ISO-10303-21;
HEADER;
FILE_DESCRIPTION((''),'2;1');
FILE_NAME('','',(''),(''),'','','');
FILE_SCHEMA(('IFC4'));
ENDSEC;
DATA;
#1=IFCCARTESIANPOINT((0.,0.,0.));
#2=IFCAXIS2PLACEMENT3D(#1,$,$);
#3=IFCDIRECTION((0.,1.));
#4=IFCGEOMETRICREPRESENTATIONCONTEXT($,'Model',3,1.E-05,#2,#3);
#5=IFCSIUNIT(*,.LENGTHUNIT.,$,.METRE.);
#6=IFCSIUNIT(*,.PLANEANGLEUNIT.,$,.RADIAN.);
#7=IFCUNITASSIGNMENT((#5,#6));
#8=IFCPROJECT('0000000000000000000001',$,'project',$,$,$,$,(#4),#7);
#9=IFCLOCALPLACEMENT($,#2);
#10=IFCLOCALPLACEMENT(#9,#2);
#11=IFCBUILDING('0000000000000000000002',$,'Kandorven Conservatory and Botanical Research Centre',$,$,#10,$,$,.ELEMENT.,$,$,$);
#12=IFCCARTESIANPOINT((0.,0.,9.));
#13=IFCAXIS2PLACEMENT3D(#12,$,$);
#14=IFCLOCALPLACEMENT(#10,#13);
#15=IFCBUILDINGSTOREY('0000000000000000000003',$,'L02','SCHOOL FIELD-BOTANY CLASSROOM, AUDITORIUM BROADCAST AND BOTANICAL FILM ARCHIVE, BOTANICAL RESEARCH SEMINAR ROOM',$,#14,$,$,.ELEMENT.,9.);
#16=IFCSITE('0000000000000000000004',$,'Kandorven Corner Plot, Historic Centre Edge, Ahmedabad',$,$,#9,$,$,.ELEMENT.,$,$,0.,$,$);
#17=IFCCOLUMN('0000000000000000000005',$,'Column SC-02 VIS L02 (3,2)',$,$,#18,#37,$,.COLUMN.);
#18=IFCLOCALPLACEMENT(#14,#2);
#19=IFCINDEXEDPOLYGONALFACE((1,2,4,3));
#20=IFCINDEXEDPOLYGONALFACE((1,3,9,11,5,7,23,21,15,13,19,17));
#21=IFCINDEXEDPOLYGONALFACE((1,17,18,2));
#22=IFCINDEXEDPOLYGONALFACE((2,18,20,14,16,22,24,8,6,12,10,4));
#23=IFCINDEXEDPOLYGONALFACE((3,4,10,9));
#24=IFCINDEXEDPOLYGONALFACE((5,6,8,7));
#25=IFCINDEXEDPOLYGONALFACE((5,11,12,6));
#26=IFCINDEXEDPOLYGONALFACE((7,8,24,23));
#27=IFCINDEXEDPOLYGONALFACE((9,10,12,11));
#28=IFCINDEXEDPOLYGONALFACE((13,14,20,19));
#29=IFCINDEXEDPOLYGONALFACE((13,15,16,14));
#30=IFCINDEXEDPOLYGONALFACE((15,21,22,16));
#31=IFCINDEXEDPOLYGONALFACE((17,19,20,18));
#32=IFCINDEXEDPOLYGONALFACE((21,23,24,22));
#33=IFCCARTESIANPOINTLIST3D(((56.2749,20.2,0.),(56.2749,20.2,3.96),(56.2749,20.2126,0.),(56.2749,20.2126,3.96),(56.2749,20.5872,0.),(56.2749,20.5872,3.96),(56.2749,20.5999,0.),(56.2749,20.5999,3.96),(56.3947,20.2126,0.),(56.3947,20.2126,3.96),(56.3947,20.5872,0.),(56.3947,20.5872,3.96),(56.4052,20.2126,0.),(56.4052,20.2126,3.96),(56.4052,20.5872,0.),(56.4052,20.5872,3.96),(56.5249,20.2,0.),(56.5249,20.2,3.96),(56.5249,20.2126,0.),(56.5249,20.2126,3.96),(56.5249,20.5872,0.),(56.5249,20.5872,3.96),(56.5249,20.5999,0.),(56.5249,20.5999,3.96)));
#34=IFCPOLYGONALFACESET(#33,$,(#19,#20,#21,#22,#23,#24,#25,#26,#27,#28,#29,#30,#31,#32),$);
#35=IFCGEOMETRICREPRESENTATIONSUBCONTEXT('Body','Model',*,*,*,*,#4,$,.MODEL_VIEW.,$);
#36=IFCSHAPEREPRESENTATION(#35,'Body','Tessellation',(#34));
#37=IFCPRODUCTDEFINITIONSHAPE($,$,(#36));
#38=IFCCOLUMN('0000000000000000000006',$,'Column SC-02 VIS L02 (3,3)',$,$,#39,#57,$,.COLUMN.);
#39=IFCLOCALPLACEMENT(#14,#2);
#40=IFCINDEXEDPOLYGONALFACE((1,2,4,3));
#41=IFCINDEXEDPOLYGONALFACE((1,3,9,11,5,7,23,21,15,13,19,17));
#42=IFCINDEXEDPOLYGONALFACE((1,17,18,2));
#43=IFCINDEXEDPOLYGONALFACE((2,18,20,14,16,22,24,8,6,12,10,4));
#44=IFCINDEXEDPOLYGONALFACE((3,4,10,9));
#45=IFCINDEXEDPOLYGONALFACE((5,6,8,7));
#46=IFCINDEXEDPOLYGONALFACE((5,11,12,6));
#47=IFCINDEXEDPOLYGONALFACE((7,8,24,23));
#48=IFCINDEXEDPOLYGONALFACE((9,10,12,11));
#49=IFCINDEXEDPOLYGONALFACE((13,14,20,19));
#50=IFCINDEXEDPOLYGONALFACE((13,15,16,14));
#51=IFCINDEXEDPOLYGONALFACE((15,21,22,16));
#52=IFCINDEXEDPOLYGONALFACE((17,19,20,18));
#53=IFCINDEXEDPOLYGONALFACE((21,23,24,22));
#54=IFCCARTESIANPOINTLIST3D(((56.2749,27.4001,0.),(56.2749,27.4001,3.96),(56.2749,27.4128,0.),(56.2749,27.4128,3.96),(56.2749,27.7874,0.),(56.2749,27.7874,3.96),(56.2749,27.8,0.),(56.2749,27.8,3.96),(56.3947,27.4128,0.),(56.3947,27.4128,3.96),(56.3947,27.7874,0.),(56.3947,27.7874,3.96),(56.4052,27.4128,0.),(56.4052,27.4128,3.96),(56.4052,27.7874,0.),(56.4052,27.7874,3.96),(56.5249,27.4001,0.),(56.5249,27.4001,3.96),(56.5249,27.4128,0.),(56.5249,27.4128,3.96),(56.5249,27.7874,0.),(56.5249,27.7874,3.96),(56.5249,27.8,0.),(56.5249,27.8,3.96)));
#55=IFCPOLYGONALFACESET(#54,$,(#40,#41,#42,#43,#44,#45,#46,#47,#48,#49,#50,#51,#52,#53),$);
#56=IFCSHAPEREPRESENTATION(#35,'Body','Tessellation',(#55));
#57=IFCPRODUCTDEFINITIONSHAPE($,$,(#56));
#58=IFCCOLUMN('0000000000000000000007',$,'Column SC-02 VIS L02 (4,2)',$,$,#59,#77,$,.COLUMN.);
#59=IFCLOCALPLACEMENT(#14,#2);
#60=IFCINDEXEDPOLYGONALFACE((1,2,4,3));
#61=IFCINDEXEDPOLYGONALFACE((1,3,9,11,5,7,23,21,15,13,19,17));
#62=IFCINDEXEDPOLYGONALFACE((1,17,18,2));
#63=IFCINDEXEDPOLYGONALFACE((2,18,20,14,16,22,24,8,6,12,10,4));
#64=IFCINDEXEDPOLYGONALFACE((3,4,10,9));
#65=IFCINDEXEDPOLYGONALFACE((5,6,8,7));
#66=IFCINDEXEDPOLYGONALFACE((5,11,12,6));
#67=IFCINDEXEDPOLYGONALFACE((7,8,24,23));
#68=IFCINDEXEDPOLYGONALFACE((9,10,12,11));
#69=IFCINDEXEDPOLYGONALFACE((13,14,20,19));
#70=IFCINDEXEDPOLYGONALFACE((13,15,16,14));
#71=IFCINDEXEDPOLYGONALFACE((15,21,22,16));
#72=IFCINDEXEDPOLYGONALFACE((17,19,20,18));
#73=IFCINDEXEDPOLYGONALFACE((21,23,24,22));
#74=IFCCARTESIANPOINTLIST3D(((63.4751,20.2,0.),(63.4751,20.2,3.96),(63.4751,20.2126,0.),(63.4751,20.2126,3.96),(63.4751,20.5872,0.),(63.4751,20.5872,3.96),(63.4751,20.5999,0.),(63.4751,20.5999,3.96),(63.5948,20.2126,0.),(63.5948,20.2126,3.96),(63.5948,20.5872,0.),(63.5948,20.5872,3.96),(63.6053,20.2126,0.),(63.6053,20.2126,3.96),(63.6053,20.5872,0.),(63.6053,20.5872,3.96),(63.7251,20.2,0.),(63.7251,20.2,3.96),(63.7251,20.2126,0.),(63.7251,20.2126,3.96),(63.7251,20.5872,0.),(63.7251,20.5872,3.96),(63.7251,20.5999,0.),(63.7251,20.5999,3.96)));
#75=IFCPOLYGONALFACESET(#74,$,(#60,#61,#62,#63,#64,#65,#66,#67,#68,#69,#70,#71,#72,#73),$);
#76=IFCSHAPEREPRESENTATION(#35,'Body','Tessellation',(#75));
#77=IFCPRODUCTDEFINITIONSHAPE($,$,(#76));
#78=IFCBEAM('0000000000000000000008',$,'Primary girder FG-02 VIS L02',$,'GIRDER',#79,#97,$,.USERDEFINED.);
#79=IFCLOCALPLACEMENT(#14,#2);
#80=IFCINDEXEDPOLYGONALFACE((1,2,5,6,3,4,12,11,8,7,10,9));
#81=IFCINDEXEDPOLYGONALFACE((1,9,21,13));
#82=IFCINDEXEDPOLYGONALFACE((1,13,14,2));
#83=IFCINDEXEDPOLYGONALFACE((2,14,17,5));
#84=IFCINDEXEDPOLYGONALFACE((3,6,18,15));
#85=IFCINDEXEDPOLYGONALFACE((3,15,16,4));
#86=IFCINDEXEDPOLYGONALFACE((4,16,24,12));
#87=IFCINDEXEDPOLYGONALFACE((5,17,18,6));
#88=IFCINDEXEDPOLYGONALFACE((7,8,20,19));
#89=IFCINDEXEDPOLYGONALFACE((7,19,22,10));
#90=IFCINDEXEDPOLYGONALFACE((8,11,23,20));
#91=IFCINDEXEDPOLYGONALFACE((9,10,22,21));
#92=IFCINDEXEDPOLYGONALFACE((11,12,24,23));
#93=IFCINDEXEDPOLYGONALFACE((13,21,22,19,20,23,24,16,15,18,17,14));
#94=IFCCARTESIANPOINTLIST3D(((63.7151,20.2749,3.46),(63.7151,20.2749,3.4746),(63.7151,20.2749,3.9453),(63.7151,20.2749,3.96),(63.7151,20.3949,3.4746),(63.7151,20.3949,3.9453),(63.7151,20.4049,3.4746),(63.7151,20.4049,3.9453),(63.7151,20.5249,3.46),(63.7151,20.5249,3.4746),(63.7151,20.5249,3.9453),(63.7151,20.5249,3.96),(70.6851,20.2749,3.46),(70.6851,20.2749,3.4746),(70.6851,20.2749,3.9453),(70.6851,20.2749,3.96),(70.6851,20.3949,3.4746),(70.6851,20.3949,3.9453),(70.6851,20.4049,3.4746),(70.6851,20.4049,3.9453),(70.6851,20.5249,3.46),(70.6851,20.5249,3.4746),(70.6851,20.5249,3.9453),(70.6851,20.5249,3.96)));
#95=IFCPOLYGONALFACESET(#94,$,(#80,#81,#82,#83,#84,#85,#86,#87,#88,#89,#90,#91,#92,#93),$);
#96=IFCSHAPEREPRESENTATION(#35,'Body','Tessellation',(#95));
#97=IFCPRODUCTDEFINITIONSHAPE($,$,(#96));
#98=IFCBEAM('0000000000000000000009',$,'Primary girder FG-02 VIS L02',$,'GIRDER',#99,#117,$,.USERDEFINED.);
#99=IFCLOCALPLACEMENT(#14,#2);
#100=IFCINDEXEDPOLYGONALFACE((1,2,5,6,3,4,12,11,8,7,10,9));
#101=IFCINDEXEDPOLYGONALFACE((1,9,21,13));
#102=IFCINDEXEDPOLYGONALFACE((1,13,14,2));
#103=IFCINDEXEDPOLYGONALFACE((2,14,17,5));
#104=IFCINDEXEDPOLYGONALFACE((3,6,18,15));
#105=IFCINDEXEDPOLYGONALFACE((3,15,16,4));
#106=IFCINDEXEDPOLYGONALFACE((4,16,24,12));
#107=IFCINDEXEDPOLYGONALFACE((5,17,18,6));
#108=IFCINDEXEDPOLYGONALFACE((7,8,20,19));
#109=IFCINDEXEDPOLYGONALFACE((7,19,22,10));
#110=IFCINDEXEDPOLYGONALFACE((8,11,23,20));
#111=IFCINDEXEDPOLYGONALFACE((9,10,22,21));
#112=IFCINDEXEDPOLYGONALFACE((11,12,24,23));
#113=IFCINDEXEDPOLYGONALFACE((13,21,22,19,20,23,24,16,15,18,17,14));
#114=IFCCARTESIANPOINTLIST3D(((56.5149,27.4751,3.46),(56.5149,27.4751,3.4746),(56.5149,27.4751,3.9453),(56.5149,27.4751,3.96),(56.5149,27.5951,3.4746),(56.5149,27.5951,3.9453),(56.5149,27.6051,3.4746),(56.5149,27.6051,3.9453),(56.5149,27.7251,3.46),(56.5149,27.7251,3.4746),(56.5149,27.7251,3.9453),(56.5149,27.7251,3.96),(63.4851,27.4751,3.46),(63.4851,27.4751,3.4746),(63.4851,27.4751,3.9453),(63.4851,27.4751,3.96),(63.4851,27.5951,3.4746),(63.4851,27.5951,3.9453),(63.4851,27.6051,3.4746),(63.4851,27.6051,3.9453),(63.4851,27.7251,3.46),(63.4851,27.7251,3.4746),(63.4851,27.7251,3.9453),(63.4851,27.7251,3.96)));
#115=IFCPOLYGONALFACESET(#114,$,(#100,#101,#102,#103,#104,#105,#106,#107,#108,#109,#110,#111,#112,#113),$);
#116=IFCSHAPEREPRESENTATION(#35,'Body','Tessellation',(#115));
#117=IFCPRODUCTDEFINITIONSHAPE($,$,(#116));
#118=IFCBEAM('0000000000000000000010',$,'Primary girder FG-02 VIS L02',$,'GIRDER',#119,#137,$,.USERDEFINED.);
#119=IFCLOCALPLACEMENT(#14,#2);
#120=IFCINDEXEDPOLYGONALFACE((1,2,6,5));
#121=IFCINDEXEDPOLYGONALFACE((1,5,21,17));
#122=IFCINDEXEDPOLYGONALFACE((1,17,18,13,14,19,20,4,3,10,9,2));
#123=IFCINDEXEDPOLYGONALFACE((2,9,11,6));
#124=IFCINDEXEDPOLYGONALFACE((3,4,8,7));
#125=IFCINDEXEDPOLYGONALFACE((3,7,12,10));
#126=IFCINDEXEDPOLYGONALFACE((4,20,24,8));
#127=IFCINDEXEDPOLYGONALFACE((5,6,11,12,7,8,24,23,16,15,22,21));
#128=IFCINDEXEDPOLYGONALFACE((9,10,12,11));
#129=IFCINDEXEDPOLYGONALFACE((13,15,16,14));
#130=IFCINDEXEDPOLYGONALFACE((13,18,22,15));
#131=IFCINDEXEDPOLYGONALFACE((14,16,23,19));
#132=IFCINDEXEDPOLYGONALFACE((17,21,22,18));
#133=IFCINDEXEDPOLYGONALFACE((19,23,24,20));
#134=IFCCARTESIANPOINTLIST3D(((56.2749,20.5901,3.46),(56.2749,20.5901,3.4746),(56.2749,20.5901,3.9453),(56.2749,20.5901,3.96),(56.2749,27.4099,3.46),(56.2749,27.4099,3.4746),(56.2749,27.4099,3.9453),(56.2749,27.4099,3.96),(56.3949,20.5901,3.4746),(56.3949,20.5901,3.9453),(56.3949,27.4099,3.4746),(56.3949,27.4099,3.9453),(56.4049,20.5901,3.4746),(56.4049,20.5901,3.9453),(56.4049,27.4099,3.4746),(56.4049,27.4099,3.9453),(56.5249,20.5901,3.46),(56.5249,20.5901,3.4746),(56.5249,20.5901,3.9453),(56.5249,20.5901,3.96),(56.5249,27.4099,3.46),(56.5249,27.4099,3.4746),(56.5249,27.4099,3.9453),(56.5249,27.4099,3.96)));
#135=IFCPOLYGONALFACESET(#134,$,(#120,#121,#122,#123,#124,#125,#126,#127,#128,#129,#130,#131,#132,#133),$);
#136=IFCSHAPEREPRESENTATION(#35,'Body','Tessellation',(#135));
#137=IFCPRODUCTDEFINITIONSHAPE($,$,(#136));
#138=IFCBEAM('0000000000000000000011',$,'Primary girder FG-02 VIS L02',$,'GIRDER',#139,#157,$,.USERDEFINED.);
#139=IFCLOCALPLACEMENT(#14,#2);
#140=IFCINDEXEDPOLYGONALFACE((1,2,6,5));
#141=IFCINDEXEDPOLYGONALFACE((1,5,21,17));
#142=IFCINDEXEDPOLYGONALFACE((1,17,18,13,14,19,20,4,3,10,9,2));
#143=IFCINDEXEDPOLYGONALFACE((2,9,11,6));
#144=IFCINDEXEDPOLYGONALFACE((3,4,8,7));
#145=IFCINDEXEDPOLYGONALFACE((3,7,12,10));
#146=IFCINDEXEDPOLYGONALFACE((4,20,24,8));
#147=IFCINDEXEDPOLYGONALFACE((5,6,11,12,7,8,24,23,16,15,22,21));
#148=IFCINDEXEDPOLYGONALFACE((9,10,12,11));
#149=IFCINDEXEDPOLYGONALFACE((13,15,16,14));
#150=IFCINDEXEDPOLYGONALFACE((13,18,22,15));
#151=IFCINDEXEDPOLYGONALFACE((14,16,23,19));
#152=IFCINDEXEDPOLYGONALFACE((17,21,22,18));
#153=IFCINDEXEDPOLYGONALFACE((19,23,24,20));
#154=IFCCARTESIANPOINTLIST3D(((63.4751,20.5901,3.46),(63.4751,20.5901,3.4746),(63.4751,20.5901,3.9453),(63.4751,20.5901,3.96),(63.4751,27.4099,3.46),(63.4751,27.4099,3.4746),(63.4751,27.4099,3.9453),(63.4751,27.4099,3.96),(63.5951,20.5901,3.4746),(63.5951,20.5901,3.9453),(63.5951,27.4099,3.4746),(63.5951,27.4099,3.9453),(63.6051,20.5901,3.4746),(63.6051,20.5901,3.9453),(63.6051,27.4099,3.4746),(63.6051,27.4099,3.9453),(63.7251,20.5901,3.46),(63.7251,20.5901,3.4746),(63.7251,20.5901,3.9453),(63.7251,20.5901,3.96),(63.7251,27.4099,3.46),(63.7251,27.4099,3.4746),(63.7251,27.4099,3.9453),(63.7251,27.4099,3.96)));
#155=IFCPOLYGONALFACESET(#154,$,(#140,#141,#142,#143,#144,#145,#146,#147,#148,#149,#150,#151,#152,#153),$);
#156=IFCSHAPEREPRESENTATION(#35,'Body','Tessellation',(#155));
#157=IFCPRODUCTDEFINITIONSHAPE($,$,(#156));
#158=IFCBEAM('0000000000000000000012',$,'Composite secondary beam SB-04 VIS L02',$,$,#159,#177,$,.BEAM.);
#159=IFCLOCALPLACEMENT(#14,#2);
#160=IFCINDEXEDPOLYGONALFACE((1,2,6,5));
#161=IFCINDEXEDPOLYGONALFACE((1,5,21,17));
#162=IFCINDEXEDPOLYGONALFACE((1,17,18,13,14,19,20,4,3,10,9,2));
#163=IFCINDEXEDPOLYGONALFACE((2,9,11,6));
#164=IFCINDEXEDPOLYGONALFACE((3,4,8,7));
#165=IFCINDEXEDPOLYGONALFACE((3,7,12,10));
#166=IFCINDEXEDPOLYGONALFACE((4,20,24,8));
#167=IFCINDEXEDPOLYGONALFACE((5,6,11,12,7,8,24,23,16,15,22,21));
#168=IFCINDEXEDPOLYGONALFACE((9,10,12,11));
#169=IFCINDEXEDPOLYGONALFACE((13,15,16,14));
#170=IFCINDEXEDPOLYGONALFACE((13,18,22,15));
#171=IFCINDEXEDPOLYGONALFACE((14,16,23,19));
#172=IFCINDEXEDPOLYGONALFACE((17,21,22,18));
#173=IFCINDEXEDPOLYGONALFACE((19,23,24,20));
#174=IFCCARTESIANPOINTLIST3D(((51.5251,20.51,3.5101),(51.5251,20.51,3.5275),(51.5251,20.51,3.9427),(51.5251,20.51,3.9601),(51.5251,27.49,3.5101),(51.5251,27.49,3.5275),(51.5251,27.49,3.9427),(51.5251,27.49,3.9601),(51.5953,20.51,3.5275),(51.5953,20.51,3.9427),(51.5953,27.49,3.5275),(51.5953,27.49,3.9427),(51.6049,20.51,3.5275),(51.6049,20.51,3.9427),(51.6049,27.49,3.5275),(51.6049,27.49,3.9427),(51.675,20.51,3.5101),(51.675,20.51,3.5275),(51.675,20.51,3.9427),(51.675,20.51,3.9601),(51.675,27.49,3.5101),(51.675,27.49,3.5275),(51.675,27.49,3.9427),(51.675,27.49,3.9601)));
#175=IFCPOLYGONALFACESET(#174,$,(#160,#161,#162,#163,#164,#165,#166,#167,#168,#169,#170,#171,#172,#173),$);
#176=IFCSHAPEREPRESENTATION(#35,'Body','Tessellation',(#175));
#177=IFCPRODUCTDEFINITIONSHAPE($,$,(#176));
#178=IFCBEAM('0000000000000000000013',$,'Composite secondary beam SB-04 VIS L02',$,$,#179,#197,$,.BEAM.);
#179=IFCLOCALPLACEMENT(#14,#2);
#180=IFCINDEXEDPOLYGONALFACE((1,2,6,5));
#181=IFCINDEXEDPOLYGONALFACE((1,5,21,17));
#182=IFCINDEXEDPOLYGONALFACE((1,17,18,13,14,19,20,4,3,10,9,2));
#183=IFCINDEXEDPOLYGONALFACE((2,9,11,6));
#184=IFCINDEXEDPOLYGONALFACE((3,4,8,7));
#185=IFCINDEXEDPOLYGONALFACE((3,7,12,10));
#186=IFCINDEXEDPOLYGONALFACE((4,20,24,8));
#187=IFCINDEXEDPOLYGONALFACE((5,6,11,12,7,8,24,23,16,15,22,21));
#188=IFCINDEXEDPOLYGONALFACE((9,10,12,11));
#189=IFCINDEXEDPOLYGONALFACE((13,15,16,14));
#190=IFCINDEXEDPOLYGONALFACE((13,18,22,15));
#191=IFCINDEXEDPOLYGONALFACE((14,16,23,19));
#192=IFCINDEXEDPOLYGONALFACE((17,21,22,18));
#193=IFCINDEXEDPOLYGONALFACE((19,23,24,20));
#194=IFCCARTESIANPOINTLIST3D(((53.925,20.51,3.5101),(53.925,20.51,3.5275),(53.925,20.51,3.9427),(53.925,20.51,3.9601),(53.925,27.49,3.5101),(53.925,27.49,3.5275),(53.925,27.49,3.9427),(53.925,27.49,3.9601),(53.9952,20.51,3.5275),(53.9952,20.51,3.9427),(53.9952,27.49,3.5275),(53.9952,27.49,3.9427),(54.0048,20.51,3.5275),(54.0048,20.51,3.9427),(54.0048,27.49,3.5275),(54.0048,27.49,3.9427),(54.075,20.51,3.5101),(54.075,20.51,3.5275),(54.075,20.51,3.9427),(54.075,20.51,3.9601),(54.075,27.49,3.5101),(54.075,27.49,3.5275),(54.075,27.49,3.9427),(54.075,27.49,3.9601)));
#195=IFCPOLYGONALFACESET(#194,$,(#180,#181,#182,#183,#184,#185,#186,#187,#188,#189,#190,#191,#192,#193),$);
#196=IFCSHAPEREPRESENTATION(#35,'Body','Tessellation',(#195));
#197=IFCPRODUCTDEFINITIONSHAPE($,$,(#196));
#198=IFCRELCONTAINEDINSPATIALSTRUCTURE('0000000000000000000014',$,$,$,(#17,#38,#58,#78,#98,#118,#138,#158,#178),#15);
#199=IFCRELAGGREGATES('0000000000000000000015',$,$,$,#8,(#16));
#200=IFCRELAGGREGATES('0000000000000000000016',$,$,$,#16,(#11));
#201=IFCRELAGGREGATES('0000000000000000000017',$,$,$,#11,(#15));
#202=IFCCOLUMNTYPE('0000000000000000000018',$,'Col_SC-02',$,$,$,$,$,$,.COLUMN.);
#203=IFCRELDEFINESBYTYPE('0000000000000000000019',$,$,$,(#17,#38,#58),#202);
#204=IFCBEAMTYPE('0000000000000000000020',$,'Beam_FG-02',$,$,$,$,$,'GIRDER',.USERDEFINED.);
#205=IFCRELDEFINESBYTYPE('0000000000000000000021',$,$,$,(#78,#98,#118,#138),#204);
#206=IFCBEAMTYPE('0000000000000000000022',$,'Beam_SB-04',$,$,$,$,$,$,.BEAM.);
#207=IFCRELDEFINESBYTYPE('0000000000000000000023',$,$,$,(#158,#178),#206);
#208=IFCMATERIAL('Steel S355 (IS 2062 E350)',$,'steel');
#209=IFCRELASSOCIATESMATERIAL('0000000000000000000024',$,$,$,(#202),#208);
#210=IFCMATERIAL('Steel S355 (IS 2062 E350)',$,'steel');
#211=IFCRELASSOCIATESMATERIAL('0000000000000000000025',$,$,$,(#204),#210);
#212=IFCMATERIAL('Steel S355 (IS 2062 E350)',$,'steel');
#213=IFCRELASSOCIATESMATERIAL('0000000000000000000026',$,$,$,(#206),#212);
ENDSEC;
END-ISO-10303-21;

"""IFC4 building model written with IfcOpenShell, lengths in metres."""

from ifc_helpers import new_model, si_unit, direction, frame, origin, origin_2d, place, context, subcontext, project, spatial, i_section, extrude, material, material_profile, profile_set, type_object, element, save


model = new_model("IFC4")

# Units and contexts
model_context = context("Model", 3, precision=1e-05, world=origin(), true_north=direction((0.0, 1.0)))
body_context = subcontext(model_context, "Body", "Model", "MODEL_VIEW")
ifc_project = project(units=[si_unit("LENGTHUNIT", "METRE"), si_unit("PLANEANGLEUNIT", "RADIAN")], contexts=[model_context])

# Site, building, storey
site_placement = place(None, origin())
site = spatial("IfcSite", under=ifc_project, at=site_placement, Name="Kandorven Corner Plot, Historic Centre Edge, Ahmedabad", CompositionType="ELEMENT", RefElevation=0.0)
building_placement = place(site_placement, origin())
building = spatial("IfcBuilding", under=site, at=building_placement, Name="Kandorven Conservatory and Botanical Research Centre", CompositionType="ELEMENT")
storey_placement = place(building_placement, frame((0.0, 0.0, 9.0)))
storey = spatial("IfcBuildingStorey", under=building, at=storey_placement, Name="L02", Description="SCHOOL FIELD-BOTANY CLASSROOM, AUDITORIUM BROADCAST AND BOTANICAL FILM ARCHIVE, BOTANICAL RESEARCH SEMINAR ROOM", CompositionType="ELEMENT", Elevation=9.0)

# Columns
ifc_material_1 = material(Name="Steel S355 (IS 2062 E350)", Category="steel")
ifc_material_profile_1 = material_profile(ifc_material_1, i_section(OverallWidth=0.25, OverallDepth=0.3999, WebThickness=0.0105, FlangeThickness=0.0127, at=origin_2d()))
ifc_profile_set_1 = profile_set([ifc_material_profile_1], Name="Steel S355 (IS 2062 E350)")
column_type = type_object("IfcColumnType", Name="Col_SC-02", PredefinedType="COLUMN", material=ifc_profile_set_1)
for number, where, z_axis, x_axis, name in (
    (1, (56.3999, 20.3999, 0.0), (0.0, 0.0, 1.0), (1.0, 0.0, 0.0), "Column SC-02 VIS L02 (3,2)"),
    (2, (56.3999, 27.6001, 0.0), (0.0, 0.0, 1.0), (1.0, 0.0, 0.0), "Column SC-02 VIS L02 (3,3)"),
    (3, (63.6001, 20.3999, 0.0), (0.0, 0.0, 1.0), (1.0, 0.0, 0.0), "Column SC-02 VIS L02 (4,2)"),
):
    element("IfcColumn", number, at=place(storey_placement, frame(where, z_axis=z_axis, x_axis=x_axis)), inside=storey, type_object=column_type, Name=name, PredefinedType="COLUMN", context=body_context, shape_type="SweptSolid", body=[
        extrude(i_section(OverallWidth=0.25, OverallDepth=0.3999, WebThickness=0.0105, FlangeThickness=0.0127, at=origin_2d()), origin(), (0.0, 0.0, 1.0), 3.96),
    ])

# Beams
ifc_material_2 = material(Name="Steel S355 (IS 2062 E350)", Category="steel")
ifc_material_profile_2 = material_profile(ifc_material_2, i_section(OverallWidth=0.25, OverallDepth=0.5, WebThickness=0.01, FlangeThickness=0.0146, at=origin_2d()))
ifc_profile_set_2 = profile_set([ifc_material_profile_2], Name="Steel S355 (IS 2062 E350)")
beam_type_1 = type_object("IfcBeamType", Name="Beam_FG-02", ElementType="GIRDER", PredefinedType="USERDEFINED", material=ifc_profile_set_2)
beam_1_placement = place(storey_placement, frame((63.7151, 20.3999, 3.71), z_axis=(1.0, 0.0, 0.0), x_axis=(0.0, 1.0, 0.0)))
element("IfcBeam", 4, at=beam_1_placement, inside=storey, type_object=beam_type_1, Name="Primary girder FG-02 VIS L02", ObjectType="GIRDER", PredefinedType="USERDEFINED", context=body_context, shape_type="SweptSolid", body=[
    extrude(i_section(OverallWidth=0.25, OverallDepth=0.5, WebThickness=0.01, FlangeThickness=0.0146, at=origin_2d()), origin(), (0.0, 0.0, 1.0), 6.97),
])
beam_2_placement = place(storey_placement, frame((56.5149, 27.6001, 3.71), z_axis=(1.0, 0.0, 0.0), x_axis=(0.0, 1.0, 0.0)))
element("IfcBeam", 5, at=beam_2_placement, inside=storey, type_object=beam_type_1, Name="Primary girder FG-02 VIS L02", ObjectType="GIRDER", PredefinedType="USERDEFINED", context=body_context, shape_type="SweptSolid", body=[
    extrude(i_section(OverallWidth=0.25, OverallDepth=0.5, WebThickness=0.01, FlangeThickness=0.0146, at=origin_2d()), origin(), (0.0, 0.0, 1.0), 6.9702),
])
for number, where, z_axis, x_axis, name in (
    (6, (56.3999, 20.5901, 3.71), (0.0, 1.0, 0.0), (-1.0, 0.0, 0.0), "Primary girder FG-02 VIS L02"),
    (7, (63.6001, 20.5901, 3.71), (0.0, 1.0, 0.0), (-1.0, 0.0, 0.0), "Primary girder FG-02 VIS L02"),
):
    element("IfcBeam", number, at=place(storey_placement, frame(where, z_axis=z_axis, x_axis=x_axis)), inside=storey, type_object=beam_type_1, Name=name, ObjectType="GIRDER", PredefinedType="USERDEFINED", context=body_context, shape_type="SweptSolid", body=[
        extrude(i_section(OverallWidth=0.25, OverallDepth=0.5, WebThickness=0.01, FlangeThickness=0.0146, at=origin_2d()), origin(), (0.0, 0.0, 1.0), 6.8198),
    ])
ifc_material_3 = material(Name="Steel S355 (IS 2062 E350)", Category="steel")
ifc_material_profile_3 = material_profile(ifc_material_3, i_section(OverallWidth=0.1499, OverallDepth=0.45, WebThickness=0.0095, FlangeThickness=0.0173, at=origin_2d()))
ifc_profile_set_3 = profile_set([ifc_material_profile_3], Name="Steel S355 (IS 2062 E350)")
beam_type_2 = type_object("IfcBeamType", Name="Beam_SB-04", PredefinedType="BEAM", material=ifc_profile_set_3)
for number, where, z_axis, x_axis, name in (
    (8, (51.6001, 20.51, 3.7351), (0.0, 1.0, 0.0), (-1.0, 0.0, 0.0), "Composite secondary beam SB-04 VIS L02"),
    (9, (54.0, 20.51, 3.7351), (0.0, 1.0, 0.0), (-1.0, 0.0, 0.0), "Composite secondary beam SB-04 VIS L02"),
):
    element("IfcBeam", number, at=place(storey_placement, frame(where, z_axis=z_axis, x_axis=x_axis)), inside=storey, type_object=beam_type_2, Name=name, PredefinedType="BEAM", context=body_context, shape_type="SweptSolid", body=[
        extrude(i_section(OverallWidth=0.1499, OverallDepth=0.45, WebThickness=0.0095, FlangeThickness=0.0173, at=origin_2d()), origin(), (0.0, 0.0, 1.0), 6.98),
    ])

save(model, "model.ifc")
